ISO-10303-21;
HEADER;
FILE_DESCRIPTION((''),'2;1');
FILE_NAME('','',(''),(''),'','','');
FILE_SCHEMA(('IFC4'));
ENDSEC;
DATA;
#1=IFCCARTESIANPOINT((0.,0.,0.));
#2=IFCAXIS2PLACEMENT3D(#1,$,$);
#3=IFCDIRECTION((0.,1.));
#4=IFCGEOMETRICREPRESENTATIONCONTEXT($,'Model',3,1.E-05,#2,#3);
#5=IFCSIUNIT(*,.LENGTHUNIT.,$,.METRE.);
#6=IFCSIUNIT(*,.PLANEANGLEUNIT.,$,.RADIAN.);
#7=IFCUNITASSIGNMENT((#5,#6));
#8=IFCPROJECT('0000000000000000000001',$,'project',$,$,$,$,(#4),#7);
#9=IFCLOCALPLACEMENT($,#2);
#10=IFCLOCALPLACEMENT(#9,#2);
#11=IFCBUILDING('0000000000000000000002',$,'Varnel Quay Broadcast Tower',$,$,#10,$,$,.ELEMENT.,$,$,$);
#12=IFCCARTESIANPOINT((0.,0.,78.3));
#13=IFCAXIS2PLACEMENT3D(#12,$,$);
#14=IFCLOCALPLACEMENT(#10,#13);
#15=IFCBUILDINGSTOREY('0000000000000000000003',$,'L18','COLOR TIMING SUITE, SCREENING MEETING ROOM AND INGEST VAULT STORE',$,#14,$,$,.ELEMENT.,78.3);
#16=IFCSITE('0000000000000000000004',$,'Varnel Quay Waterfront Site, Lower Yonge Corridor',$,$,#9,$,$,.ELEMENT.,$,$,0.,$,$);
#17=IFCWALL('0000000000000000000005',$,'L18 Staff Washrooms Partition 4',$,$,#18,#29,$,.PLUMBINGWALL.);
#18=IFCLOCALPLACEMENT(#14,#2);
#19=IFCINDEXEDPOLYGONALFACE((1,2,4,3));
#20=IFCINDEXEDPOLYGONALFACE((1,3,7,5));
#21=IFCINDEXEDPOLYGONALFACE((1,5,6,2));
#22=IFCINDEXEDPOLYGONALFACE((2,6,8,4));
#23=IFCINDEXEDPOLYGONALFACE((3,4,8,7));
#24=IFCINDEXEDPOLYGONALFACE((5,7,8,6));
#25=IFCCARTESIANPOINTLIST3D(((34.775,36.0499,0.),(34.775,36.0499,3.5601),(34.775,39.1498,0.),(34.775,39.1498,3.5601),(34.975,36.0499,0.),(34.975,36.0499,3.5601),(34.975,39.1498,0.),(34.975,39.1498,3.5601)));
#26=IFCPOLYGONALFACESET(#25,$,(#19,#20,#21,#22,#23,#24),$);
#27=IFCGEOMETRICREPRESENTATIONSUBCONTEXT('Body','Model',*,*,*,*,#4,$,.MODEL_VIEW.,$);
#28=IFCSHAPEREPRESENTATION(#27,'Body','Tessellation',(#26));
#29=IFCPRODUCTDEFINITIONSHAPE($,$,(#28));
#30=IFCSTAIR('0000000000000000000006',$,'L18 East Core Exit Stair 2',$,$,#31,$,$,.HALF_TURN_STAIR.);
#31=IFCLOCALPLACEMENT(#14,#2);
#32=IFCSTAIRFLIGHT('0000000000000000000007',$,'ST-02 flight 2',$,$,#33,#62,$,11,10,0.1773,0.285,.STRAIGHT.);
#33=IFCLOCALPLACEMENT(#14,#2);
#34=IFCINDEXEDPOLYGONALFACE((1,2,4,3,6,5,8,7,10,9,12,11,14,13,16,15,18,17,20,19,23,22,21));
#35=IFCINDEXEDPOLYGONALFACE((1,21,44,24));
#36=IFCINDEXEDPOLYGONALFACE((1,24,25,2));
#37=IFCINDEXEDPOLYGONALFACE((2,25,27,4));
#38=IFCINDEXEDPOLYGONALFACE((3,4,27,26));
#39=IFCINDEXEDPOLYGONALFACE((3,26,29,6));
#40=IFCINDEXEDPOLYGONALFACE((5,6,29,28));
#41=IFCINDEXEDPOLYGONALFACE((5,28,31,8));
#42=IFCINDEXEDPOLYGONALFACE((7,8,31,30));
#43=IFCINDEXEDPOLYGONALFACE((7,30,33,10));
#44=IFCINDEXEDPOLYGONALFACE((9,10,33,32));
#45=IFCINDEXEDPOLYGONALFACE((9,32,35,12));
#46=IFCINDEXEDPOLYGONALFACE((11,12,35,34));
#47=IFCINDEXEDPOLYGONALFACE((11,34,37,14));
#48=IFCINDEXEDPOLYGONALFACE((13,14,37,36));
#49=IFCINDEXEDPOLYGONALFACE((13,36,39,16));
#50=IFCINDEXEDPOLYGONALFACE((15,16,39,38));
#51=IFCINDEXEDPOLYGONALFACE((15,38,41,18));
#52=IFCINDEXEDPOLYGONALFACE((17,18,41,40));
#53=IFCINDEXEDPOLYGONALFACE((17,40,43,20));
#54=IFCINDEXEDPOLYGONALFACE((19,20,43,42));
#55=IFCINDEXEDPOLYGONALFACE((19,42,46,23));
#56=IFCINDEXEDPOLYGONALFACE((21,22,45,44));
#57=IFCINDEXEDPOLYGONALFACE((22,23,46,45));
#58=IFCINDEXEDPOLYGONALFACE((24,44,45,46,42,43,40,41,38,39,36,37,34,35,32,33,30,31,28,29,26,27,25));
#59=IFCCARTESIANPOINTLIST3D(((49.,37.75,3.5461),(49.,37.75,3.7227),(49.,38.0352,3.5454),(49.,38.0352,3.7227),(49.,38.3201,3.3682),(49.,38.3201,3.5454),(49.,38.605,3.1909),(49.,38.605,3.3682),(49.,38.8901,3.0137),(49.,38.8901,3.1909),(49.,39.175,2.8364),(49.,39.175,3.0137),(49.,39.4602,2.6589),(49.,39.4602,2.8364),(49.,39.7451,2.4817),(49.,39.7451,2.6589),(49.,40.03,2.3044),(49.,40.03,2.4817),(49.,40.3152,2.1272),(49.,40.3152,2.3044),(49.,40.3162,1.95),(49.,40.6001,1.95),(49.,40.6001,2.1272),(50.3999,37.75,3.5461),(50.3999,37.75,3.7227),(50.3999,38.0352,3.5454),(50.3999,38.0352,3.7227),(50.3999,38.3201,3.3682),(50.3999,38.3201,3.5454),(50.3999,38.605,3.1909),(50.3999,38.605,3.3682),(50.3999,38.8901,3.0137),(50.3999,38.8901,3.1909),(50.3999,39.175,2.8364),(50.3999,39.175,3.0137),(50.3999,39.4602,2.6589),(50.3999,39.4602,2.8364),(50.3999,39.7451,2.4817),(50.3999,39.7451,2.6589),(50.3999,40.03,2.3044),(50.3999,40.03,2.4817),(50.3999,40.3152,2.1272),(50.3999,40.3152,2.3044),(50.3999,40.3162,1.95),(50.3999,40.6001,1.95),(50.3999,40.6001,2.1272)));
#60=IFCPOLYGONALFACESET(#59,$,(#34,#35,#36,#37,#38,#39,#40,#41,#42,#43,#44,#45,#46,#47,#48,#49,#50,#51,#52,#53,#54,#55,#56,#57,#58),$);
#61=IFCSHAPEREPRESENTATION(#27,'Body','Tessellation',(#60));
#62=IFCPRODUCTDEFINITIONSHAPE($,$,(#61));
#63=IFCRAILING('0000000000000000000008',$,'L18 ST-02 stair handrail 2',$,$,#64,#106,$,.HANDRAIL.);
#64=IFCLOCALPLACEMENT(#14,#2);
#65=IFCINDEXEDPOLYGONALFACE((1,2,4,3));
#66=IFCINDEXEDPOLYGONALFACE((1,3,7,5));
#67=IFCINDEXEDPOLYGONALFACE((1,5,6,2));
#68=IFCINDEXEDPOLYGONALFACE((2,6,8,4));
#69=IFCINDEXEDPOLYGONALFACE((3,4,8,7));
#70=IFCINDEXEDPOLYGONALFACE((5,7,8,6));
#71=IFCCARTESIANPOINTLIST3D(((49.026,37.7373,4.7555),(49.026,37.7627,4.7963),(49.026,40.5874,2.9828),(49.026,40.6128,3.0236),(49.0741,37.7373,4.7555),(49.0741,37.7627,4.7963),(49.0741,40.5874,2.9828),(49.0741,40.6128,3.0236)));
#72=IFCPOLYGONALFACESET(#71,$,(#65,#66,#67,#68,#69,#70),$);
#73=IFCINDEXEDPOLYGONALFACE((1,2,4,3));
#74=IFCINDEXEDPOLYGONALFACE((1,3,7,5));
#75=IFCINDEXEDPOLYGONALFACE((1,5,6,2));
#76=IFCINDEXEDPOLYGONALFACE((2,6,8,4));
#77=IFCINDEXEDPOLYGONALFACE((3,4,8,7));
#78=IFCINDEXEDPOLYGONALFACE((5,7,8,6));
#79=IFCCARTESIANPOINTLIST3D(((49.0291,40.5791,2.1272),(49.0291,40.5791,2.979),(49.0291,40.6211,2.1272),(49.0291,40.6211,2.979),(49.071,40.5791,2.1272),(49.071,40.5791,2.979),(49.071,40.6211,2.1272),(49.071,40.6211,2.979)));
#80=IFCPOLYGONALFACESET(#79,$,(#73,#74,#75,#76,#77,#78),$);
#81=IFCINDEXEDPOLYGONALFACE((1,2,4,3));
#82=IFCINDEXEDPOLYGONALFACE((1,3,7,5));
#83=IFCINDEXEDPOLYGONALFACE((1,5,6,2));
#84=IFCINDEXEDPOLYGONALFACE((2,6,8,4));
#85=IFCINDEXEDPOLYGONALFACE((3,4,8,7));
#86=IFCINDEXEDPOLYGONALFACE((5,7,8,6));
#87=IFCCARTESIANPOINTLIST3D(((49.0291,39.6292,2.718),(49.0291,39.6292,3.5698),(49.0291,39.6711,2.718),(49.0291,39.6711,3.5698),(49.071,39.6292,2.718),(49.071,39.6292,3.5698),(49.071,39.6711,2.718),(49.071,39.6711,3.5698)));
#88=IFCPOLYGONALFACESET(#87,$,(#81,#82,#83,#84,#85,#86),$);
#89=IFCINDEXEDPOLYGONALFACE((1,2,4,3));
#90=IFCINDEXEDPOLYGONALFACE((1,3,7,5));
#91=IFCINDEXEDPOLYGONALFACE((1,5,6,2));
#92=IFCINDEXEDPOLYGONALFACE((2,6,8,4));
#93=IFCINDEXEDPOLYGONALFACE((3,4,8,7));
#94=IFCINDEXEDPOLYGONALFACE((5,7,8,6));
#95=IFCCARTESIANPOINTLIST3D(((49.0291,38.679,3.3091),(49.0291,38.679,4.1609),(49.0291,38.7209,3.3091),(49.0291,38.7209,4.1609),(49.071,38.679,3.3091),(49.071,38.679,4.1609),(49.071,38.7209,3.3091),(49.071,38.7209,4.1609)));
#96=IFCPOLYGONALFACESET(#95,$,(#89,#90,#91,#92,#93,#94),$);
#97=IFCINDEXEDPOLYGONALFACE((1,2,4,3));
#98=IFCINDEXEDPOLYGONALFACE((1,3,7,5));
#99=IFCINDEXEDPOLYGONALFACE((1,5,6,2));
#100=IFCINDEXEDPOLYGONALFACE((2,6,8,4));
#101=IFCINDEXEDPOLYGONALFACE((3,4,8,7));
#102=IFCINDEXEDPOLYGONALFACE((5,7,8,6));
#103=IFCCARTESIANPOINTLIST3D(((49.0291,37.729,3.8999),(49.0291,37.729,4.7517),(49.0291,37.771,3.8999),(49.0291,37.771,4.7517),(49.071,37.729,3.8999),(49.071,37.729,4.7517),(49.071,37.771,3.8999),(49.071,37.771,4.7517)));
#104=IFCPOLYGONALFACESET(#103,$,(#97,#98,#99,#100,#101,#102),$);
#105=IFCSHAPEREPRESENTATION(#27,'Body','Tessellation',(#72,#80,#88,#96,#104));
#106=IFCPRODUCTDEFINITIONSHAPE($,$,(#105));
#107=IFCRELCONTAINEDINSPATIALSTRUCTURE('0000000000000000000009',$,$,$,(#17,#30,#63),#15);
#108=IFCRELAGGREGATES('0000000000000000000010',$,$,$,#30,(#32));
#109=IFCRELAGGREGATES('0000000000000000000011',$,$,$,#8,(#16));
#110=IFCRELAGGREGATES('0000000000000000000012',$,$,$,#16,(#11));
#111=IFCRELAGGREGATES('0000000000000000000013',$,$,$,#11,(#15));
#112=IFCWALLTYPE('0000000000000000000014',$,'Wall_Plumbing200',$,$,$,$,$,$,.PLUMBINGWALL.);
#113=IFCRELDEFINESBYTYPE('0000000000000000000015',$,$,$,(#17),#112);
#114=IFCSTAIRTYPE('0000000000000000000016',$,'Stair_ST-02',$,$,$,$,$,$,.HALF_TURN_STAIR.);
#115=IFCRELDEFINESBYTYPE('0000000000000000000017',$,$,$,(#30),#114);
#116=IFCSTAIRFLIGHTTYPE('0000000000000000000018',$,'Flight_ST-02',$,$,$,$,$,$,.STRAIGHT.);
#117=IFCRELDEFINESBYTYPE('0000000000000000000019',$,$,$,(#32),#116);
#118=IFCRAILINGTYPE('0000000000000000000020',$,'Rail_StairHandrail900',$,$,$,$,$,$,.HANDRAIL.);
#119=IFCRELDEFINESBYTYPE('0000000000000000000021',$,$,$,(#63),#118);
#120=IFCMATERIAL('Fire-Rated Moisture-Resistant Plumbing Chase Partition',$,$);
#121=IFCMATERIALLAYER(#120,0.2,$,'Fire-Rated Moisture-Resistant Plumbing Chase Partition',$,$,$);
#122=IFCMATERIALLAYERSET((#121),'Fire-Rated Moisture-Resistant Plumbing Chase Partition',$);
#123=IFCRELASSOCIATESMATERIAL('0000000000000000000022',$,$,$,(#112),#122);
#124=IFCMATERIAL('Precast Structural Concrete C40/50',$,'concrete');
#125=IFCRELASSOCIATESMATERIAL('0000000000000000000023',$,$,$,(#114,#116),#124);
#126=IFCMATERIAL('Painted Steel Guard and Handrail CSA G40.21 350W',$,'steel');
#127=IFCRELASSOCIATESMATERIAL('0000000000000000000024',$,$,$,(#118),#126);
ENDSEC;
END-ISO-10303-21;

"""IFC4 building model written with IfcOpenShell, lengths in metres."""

from ifc_helpers import new_model, si_unit, direction, frame, frame_2d, origin, origin_2d, place, context, subcontext, project, spatial, polyline, rectangle, outline, extrude, material, layer, layer_set, type_object, element, aggregate, save


model = new_model("IFC4")

# Units and contexts
model_context = context("Model", 3, precision=1e-05, world=origin(), true_north=direction((0.0, 1.0)))
body_context = subcontext(model_context, "Body", "Model", "MODEL_VIEW")
ifc_project = project(units=[si_unit("LENGTHUNIT", "METRE"), si_unit("PLANEANGLEUNIT", "RADIAN")], contexts=[model_context])

# Site, building, storey
site_placement = place(None, origin())
site = spatial("IfcSite", under=ifc_project, at=site_placement, Name="Varnel Quay Waterfront Site, Lower Yonge Corridor", CompositionType="ELEMENT", RefElevation=0.0)
building_placement = place(site_placement, origin())
building = spatial("IfcBuilding", under=site, at=building_placement, Name="Varnel Quay Broadcast Tower", CompositionType="ELEMENT")
storey_placement = place(building_placement, frame((0.0, 0.0, 78.3)))
storey = spatial("IfcBuildingStorey", under=building, at=storey_placement, Name="L18", Description="COLOR TIMING SUITE, SCREENING MEETING ROOM AND INGEST VAULT STORE", CompositionType="ELEMENT", Elevation=78.3)

# Wall
ifc_material_1 = material(Name="Fire-Rated Moisture-Resistant Plumbing Chase Partition")
ifc_layer_1 = layer(ifc_material_1, 0.2, Name="Fire-Rated Moisture-Resistant Plumbing Chase Partition")
ifc_layer_set_1 = layer_set([ifc_layer_1], Name="Fire-Rated Moisture-Resistant Plumbing Chase Partition")
wall_type_1 = type_object("IfcWallType", Name="Wall_Plumbing200", PredefinedType="PLUMBINGWALL", material=ifc_layer_set_1)
for number, where, z_axis, x_axis, name in (
    (1, (34.875, 36.05, 0.0), (0.0, 0.0, 1.0), (0.0, 1.0, 0.0), "L18 Staff Washrooms Partition 4"),
):
    element("IfcWall", number, at=place(storey_placement, frame(where, z_axis=z_axis, x_axis=x_axis)), inside=storey, type_object=wall_type_1, Name=name, PredefinedType="PLUMBINGWALL", context=body_context, shape_type="SweptSolid", body=[
        extrude(rectangle(XDim=3.0999, YDim=0.2, at=frame_2d((1.5498, 0.0))), origin(), (0.0, 0.0, 1.0), 3.5601),
    ])

# Stair, stair flight
ifc_material_2 = material(Name="Precast Structural Concrete C40/50", Category="concrete")
stair_type = type_object("IfcStairType", Name="Stair_ST-02", PredefinedType="HALF_TURN_STAIR", material=ifc_material_2)
stair_placement = place(storey_placement, origin())
stair = element("IfcStair", 2, at=stair_placement, inside=storey, type_object=stair_type, Name="L18 East Core Exit Stair 2", PredefinedType="HALF_TURN_STAIR")
stair_flight_type = type_object("IfcStairFlightType", Name="Flight_ST-02", PredefinedType="STRAIGHT", material=ifc_material_2)
stair_flight_placement = place(storey_placement, frame((49.7, 40.6001, 1.95), z_axis=(0.0, 0.0, 1.0), x_axis=(0.0, -1.0, 0.0)))
stair_flight = element("IfcStairFlight", 3, at=stair_flight_placement, type_object=stair_flight_type, Name="ST-02 flight 2", NumberOfRisers=11, NumberOfTreads=10, PredefinedType="STRAIGHT", RiserHeight=0.1773, TreadLength=0.285, context=body_context, shape_type="SweptSolid", body=[
    extrude(outline(polyline([(0.0, 0.0), (0.0, 0.1772), (0.2849, 0.1772), (0.2849, 0.3545), (0.5701, 0.3545), (0.5701, 0.5317), (0.855, 0.5317), (0.855, 0.709), (1.1399, 0.709), (1.1399, 0.8865), (1.425, 0.8865), (1.425, 1.0637), (1.71, 1.0637), (1.71, 1.241), (1.9951, 1.241), (1.9951, 1.4182), (2.28, 1.4182), (2.28, 1.5955), (2.5649, 1.5955), (2.5649, 1.7727), (2.8501, 1.7727), (2.8501, 1.95), (2.8501, 1.5962), (0.2839, 0.0), (0.0, 0.0)])), frame((0.0, 0.7, 0.0), z_axis=(0.0, -1.0, 0.0), x_axis=(1.0, 0.0, 0.0)), (0.0, 0.0, 1.0), 1.3999),
])
aggregate(stair, [stair_flight])

# Railing
ifc_material_3 = material(Name="Painted Steel Guard and Handrail CSA G40.21 350W", Category="steel")
railing_type = type_object("IfcRailingType", Name="Rail_StairHandrail900", PredefinedType="HANDRAIL", material=ifc_material_3)
railing_placement = place(storey_placement, frame((49.05, 40.6001, 2.1272)))
element("IfcRailing", 4, at=railing_placement, inside=storey, type_object=railing_type, Name="L18 ST-02 stair handrail 2", PredefinedType="HANDRAIL", context=body_context, shape_type="SweptSolid", body=[
    extrude(rectangle(XDim=0.0481, YDim=0.0481, at=origin_2d()), frame((0.0, 0.0, 0.876), z_axis=(0.0, -0.849149, 0.528154), x_axis=(1.0, 0.0, 0.0)), (0.0, 0.0, 1.0), 3.3564),
    extrude(rectangle(XDim=0.042, YDim=0.042, at=origin_2d()), origin(), (0.0, 0.0, 1.0), 0.8518),
    extrude(rectangle(XDim=0.042, YDim=0.042, at=origin_2d()), frame((0.0, -0.95, 0.5908)), (0.0, 0.0, 1.0), 0.8518),
    extrude(rectangle(XDim=0.042, YDim=0.042, at=origin_2d()), frame((0.0, -1.9001, 1.1819)), (0.0, 0.0, 1.0), 0.8518),
    extrude(rectangle(XDim=0.042, YDim=0.042, at=origin_2d()), frame((0.0, -2.8501, 1.7727)), (0.0, 0.0, 1.0), 0.8518),
])

save(model, "model.ifc")
